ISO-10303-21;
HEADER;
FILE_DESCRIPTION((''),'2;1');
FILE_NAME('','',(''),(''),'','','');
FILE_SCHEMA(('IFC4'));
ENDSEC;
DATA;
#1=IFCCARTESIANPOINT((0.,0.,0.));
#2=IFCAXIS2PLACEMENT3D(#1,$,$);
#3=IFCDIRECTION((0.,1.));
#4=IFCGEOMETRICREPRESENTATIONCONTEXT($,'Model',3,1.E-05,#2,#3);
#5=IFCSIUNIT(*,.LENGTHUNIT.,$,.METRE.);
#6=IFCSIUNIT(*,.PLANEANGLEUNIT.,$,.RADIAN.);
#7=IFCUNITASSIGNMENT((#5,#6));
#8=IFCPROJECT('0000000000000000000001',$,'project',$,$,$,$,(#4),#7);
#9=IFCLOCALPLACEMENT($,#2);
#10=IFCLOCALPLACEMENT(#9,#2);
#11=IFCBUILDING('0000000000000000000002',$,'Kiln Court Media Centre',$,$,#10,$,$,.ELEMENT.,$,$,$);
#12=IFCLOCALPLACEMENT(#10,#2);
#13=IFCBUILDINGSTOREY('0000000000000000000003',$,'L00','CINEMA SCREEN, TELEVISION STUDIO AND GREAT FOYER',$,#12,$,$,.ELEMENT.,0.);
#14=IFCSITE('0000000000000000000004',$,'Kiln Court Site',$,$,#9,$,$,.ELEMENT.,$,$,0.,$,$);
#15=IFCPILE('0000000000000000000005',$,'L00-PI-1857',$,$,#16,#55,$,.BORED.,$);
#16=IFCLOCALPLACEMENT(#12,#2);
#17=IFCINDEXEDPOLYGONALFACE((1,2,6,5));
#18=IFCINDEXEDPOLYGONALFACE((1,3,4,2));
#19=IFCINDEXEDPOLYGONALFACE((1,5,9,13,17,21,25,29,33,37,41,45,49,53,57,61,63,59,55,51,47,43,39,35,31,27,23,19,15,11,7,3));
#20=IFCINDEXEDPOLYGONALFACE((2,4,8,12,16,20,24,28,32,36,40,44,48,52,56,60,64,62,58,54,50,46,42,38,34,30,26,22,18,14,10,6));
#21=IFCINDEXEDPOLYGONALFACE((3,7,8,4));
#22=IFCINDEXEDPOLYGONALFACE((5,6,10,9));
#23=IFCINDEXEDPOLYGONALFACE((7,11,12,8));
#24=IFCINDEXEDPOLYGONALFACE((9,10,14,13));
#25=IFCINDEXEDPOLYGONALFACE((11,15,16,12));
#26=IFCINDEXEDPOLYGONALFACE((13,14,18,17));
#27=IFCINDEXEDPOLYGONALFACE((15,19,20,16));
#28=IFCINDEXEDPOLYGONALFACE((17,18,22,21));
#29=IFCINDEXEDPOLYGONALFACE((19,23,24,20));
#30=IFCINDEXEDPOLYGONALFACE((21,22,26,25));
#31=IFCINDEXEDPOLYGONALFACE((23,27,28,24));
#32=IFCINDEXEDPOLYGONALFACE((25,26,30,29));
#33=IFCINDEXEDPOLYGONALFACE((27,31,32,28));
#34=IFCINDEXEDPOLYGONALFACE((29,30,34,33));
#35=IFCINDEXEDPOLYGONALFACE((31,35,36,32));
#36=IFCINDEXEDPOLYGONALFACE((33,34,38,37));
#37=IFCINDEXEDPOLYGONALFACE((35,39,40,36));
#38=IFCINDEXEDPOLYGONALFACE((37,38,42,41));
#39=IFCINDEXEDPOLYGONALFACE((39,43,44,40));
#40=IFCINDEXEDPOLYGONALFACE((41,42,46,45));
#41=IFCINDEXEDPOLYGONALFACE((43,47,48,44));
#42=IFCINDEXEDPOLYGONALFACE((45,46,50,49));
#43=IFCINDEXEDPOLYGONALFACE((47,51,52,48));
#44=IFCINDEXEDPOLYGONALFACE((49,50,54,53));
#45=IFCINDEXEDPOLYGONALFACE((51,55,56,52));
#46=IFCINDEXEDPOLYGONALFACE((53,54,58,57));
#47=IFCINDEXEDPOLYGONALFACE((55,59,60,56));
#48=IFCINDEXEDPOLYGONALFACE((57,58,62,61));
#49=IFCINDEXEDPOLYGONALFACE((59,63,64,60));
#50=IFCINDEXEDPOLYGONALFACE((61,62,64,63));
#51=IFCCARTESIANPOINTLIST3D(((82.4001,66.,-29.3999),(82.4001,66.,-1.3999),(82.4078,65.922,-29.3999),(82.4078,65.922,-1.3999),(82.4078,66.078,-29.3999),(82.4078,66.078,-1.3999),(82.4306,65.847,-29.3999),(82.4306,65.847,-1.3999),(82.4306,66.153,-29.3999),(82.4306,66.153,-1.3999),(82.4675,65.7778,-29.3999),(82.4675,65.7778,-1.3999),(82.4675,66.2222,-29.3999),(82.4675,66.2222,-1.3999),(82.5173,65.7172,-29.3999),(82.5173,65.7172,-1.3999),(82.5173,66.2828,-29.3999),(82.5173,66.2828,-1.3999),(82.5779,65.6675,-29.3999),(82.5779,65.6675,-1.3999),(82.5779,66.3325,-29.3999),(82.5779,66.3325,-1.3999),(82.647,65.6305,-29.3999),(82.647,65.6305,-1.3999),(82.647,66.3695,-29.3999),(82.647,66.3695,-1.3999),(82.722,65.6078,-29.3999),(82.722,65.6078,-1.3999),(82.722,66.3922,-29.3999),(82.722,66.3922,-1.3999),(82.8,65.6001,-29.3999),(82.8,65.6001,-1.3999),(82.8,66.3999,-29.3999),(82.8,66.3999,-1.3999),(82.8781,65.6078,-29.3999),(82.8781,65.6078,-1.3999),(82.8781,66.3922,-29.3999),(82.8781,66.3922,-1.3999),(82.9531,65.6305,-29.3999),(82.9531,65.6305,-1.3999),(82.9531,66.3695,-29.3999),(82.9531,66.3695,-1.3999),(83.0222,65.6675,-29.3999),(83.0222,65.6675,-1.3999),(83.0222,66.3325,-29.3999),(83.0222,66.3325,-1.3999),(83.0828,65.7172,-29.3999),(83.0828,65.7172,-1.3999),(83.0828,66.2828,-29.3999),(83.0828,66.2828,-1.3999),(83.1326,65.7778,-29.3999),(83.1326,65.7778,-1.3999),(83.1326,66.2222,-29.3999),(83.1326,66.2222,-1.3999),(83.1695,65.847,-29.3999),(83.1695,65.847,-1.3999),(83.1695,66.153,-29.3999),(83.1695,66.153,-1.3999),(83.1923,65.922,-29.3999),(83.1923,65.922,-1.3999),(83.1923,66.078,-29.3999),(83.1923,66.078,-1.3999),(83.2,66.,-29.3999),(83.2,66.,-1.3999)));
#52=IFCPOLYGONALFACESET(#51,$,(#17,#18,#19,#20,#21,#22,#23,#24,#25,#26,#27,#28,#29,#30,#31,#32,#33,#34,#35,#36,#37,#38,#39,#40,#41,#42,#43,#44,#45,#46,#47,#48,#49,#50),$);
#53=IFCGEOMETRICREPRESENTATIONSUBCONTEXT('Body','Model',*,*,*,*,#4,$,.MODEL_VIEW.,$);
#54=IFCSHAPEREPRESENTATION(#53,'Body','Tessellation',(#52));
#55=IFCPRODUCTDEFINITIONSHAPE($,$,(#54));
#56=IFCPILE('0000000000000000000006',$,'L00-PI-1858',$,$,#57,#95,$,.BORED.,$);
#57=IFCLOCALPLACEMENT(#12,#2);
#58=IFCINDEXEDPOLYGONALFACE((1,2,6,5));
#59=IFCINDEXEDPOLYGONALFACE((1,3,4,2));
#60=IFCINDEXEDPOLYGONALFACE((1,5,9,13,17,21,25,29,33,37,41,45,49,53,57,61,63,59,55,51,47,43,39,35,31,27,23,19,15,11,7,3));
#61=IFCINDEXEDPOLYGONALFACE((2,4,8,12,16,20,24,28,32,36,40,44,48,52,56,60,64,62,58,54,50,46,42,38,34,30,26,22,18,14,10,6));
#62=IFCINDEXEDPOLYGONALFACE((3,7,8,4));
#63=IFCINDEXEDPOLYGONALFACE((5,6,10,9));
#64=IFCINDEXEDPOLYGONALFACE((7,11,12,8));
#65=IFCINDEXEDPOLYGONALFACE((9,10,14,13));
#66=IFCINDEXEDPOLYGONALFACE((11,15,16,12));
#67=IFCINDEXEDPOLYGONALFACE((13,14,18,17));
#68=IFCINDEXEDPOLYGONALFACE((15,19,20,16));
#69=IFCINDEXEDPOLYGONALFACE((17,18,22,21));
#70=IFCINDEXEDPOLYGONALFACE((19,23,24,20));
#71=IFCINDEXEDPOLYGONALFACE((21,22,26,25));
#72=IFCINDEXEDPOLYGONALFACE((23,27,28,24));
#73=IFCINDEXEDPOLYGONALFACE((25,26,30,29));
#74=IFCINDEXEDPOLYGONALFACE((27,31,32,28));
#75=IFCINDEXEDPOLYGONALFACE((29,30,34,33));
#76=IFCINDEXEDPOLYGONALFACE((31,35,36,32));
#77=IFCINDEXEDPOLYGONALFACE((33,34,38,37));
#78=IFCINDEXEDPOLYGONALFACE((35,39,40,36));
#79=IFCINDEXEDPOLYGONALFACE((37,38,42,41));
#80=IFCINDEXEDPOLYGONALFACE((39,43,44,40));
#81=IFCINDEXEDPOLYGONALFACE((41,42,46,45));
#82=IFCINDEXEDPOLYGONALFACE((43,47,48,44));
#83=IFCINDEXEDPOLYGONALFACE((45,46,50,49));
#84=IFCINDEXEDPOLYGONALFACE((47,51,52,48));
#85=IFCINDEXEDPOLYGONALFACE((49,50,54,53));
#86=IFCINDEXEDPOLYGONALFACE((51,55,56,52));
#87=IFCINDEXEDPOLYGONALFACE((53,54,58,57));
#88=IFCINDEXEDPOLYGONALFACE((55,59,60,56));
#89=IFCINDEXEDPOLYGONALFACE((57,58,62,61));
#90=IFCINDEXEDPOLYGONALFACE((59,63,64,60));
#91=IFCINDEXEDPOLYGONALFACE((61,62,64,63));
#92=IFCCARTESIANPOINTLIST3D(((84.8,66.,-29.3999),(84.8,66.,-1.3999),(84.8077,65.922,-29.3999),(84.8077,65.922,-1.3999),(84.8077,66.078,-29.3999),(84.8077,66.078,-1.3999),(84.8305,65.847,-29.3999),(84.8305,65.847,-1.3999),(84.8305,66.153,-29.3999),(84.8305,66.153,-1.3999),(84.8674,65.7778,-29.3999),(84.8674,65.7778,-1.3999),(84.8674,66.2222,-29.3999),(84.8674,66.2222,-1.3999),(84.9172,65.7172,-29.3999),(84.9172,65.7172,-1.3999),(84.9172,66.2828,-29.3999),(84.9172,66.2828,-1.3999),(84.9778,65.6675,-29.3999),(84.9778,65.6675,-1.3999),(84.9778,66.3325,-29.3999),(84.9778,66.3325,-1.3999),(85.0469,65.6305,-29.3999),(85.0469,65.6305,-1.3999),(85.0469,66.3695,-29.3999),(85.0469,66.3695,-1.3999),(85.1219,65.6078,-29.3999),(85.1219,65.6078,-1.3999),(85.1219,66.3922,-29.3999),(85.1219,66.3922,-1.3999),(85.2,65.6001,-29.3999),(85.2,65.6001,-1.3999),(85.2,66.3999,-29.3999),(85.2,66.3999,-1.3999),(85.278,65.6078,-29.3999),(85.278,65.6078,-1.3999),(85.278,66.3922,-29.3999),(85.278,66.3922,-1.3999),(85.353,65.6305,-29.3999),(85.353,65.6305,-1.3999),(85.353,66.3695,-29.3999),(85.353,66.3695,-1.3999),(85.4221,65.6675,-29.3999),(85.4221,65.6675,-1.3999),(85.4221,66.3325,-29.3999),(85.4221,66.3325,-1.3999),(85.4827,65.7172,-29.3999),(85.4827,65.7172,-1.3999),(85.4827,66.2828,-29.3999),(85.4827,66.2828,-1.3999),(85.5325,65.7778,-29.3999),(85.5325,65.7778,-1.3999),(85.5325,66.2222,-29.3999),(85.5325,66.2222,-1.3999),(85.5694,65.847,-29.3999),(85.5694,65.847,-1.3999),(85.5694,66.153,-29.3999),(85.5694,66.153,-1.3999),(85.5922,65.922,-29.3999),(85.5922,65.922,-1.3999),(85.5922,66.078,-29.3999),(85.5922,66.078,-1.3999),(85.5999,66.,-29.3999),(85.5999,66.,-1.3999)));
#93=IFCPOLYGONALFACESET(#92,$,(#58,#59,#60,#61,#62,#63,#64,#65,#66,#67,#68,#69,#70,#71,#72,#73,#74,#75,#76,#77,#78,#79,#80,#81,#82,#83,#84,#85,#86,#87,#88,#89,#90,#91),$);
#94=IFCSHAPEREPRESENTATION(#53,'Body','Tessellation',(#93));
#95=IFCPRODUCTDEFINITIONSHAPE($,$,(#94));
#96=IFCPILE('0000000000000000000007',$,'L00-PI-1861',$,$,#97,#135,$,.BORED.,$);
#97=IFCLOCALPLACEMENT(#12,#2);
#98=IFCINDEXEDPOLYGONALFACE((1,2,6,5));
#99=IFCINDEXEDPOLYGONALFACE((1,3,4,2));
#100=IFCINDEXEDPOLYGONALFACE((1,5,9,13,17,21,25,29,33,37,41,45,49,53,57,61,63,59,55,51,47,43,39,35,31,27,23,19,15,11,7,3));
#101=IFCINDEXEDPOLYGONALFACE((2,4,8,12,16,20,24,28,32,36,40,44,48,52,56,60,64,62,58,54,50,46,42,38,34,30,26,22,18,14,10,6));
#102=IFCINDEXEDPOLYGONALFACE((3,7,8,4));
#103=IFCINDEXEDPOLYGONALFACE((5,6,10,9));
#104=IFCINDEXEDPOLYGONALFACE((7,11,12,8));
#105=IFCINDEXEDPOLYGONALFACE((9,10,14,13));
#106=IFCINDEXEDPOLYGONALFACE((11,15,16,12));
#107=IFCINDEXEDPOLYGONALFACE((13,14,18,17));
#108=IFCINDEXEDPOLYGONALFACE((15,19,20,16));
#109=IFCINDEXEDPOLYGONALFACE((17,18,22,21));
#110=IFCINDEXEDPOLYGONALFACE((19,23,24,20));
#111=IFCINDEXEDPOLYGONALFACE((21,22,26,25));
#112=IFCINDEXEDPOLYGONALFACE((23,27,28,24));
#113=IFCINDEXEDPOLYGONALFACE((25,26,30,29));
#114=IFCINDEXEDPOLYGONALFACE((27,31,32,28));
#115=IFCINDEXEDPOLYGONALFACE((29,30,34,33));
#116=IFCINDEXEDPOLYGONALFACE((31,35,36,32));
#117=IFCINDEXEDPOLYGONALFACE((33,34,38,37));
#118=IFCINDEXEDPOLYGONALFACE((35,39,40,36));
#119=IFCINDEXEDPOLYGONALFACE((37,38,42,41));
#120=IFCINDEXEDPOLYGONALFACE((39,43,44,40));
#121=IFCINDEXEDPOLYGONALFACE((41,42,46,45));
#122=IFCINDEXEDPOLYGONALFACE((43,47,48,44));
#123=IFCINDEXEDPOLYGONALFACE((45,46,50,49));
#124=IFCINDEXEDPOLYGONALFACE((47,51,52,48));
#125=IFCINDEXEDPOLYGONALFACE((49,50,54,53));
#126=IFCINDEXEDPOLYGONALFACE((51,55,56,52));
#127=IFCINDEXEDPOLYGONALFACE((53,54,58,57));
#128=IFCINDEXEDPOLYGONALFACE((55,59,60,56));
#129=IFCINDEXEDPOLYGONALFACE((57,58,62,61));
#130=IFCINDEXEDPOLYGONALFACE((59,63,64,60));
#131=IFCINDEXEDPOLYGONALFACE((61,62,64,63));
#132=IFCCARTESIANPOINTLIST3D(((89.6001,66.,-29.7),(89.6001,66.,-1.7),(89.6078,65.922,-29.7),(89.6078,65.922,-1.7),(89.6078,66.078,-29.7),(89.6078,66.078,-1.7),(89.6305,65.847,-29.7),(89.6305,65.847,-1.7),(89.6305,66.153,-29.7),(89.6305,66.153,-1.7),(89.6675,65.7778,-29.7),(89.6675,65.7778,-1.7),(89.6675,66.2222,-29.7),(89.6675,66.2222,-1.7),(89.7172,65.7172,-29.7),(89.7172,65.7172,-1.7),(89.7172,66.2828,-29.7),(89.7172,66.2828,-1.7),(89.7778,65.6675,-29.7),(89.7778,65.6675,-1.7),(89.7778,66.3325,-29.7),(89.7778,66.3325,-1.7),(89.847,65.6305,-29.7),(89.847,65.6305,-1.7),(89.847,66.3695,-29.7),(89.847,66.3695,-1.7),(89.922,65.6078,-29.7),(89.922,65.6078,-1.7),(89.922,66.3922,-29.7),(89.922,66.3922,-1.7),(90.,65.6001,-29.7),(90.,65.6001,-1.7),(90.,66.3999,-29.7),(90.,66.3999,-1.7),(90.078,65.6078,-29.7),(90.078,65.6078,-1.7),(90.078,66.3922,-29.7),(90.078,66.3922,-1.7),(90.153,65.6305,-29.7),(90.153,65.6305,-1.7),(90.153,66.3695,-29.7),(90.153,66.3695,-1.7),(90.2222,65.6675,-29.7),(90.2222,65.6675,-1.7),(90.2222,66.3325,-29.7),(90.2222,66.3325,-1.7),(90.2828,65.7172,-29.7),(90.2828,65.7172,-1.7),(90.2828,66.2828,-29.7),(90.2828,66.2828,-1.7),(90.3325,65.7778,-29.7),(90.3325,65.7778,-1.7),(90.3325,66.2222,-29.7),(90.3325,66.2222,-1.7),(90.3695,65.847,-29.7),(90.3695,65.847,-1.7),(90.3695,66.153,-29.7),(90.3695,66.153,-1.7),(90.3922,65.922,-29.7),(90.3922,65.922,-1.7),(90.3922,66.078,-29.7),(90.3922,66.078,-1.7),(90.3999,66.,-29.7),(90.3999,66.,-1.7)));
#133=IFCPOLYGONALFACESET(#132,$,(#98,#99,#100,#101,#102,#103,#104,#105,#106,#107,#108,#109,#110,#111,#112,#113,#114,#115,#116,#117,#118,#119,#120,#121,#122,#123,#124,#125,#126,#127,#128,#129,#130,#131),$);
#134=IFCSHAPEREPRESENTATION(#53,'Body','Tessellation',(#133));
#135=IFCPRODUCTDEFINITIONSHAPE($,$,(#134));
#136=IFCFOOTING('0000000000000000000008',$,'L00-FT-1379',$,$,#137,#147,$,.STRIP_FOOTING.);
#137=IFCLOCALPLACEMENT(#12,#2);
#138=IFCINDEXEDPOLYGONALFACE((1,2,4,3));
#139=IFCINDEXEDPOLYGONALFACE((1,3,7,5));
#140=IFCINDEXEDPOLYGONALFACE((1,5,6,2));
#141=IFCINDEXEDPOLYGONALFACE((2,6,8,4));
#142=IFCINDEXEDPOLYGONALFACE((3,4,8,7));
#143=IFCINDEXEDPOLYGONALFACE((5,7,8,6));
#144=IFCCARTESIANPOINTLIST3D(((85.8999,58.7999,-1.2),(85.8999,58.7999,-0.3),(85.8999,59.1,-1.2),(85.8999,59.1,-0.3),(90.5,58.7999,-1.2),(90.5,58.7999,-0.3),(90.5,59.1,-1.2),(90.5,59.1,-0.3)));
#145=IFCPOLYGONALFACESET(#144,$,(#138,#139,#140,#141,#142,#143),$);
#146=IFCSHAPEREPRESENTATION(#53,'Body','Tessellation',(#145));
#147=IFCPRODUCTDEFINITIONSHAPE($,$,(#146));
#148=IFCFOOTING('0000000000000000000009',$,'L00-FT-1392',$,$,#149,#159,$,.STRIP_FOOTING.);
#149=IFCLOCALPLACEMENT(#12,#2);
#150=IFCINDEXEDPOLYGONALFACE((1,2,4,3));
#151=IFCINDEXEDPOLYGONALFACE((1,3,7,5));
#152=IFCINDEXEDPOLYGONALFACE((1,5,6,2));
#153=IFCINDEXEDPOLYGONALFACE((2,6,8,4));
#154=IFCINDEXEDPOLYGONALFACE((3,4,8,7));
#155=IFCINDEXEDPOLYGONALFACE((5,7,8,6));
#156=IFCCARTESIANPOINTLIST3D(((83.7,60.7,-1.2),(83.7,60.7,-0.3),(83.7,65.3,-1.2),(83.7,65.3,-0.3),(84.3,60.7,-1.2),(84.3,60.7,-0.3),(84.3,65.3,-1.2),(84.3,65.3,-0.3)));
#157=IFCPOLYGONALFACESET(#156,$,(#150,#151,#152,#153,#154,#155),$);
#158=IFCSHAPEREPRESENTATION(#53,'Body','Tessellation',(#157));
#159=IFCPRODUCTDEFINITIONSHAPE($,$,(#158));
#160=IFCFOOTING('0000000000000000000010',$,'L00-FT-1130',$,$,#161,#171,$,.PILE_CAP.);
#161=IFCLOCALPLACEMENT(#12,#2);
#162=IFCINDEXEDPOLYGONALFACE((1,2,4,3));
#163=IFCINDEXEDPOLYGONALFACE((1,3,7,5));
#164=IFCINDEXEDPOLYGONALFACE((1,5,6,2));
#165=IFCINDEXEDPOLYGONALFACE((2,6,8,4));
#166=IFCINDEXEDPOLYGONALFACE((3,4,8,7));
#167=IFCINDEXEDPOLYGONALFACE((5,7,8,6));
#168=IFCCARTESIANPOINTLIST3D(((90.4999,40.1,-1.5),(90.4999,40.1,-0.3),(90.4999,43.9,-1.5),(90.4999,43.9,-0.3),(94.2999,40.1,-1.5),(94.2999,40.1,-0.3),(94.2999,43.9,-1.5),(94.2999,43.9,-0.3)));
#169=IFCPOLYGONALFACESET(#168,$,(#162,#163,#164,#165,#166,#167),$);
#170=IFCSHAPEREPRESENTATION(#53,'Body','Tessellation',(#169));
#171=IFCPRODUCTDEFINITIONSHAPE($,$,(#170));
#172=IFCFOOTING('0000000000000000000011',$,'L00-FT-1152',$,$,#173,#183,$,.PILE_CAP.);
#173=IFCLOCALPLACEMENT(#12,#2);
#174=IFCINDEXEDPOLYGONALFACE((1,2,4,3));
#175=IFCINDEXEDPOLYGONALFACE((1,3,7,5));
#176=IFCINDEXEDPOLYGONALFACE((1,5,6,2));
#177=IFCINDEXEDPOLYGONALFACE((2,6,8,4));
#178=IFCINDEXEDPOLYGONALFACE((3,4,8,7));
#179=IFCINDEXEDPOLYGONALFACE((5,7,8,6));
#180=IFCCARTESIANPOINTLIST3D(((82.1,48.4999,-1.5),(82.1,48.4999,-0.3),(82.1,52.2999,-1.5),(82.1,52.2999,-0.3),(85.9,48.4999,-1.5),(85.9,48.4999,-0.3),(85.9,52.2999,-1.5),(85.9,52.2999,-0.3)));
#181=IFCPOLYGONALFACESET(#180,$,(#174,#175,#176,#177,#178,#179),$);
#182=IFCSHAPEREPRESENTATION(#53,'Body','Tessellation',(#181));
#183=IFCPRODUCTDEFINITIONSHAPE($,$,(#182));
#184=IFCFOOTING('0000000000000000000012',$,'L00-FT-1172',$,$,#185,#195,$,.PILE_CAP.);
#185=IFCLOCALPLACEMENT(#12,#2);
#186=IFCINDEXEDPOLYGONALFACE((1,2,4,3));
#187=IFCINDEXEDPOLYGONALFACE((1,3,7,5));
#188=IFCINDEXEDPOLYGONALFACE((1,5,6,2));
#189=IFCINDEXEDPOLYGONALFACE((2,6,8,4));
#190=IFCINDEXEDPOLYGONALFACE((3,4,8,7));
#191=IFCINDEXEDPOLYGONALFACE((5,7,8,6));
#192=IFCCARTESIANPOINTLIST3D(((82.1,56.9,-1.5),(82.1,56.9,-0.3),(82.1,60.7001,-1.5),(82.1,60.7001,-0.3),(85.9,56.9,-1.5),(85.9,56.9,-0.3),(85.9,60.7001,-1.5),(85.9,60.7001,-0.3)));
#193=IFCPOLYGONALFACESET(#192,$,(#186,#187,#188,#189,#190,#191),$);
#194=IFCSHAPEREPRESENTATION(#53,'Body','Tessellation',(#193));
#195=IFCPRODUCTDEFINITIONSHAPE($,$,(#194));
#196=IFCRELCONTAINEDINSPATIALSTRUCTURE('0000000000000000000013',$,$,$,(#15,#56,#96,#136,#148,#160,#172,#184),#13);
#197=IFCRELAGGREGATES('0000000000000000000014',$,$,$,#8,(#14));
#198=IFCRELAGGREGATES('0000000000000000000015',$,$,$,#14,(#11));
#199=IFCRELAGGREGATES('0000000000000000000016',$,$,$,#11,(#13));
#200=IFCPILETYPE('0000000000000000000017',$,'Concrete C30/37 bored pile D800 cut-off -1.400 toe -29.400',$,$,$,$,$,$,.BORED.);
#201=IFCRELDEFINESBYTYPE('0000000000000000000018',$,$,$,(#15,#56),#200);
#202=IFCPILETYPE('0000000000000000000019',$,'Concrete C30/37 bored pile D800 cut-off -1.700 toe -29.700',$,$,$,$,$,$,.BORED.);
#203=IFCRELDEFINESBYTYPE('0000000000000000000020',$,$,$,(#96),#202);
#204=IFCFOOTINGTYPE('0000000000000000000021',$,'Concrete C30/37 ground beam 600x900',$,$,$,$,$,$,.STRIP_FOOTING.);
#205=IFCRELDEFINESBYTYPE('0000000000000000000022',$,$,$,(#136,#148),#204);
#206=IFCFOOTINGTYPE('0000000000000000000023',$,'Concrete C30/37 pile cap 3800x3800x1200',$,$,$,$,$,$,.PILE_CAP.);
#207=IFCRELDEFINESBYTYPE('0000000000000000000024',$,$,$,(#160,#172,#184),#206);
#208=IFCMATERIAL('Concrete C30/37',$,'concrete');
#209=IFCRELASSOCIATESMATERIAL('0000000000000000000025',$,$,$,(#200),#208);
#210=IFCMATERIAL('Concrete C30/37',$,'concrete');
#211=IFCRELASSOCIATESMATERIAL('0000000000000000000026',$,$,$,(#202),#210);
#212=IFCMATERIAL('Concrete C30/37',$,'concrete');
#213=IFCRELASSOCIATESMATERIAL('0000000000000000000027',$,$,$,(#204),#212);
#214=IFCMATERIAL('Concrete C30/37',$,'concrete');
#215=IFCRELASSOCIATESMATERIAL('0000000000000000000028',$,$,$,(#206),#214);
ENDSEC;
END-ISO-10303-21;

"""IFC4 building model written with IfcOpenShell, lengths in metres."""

from ifc_helpers import new_model, si_unit, direction, frame, origin, origin_2d, place, context, subcontext, project, spatial, rectangle, circle, extrude, material, material_profile, profile_set, type_object, element, save


model = new_model("IFC4")

# Units and contexts
model_context = context("Model", 3, precision=1e-05, world=origin(), true_north=direction((0.0, 1.0)))
body_context = subcontext(model_context, "Body", "Model", "MODEL_VIEW")
ifc_project = project(units=[si_unit("LENGTHUNIT", "METRE"), si_unit("PLANEANGLEUNIT", "RADIAN")], contexts=[model_context])

# Site, building, storey
site_placement = place(None, origin())
site = spatial("IfcSite", under=ifc_project, at=site_placement, Name="Kiln Court Site", CompositionType="ELEMENT", RefElevation=0.0)
building_placement = place(site_placement, origin())
building = spatial("IfcBuilding", under=site, at=building_placement, Name="Kiln Court Media Centre", CompositionType="ELEMENT")
storey_placement = place(building_placement, origin())
storey = spatial("IfcBuildingStorey", under=building, at=storey_placement, Name="L00", Description="CINEMA SCREEN, TELEVISION STUDIO AND GREAT FOYER", CompositionType="ELEMENT", Elevation=0.0)

# Piles
ifc_material_1 = material(Name="Concrete C30/37", Category="concrete")
ifc_material_profile_1 = material_profile(ifc_material_1, circle(Radius=0.3999, at=origin_2d()), Name="PILE D800")
ifc_profile_set_1 = profile_set([ifc_material_profile_1], Name="Concrete C30/37")
pile_type_1 = type_object("IfcPileType", Name="Concrete C30/37 bored pile D800 cut-off -1.400 toe -29.400", PredefinedType="BORED", material=ifc_profile_set_1)
for number, where, z_axis, x_axis, name in (
    (1, (82.8, 66.0, -1.3999), (0.0, 0.0, -1.0), (1.0, 0.0, 0.0), "L00-PI-1857"),
    (2, (85.2, 66.0, -1.3999), (0.0, 0.0, -1.0), (1.0, 0.0, 0.0), "L00-PI-1858"),
):
    element("IfcPile", number, at=place(storey_placement, frame(where, z_axis=z_axis, x_axis=x_axis)), inside=storey, type_object=pile_type_1, Name=name, PredefinedType="BORED", context=body_context, shape_type="SweptSolid", body=[
        extrude(circle(Radius=0.3999, at=origin_2d()), origin(), (0.0, 0.0, 1.0), 28.0),
    ])
ifc_material_2 = material(Name="Concrete C30/37", Category="concrete")
ifc_material_profile_2 = material_profile(ifc_material_2, circle(Radius=0.3999, at=origin_2d()), Name="PILE D800")
ifc_profile_set_2 = profile_set([ifc_material_profile_2], Name="Concrete C30/37")
pile_type_2 = type_object("IfcPileType", Name="Concrete C30/37 bored pile D800 cut-off -1.700 toe -29.700", PredefinedType="BORED", material=ifc_profile_set_2)
pile_placement = place(storey_placement, frame((90.0, 66.0, -1.7), z_axis=(0.0, 0.0, -1.0), x_axis=(1.0, 0.0, 0.0)))
element("IfcPile", 3, at=pile_placement, inside=storey, type_object=pile_type_2, Name="L00-PI-1861", PredefinedType="BORED", context=body_context, shape_type="SweptSolid", body=[
    extrude(circle(Radius=0.3999, at=origin_2d()), origin(), (0.0, 0.0, 1.0), 28.0),
])

# Footings
ifc_material_3 = material(Name="Concrete C30/37", Category="concrete")
footing_type_1 = type_object("IfcFootingType", Name="Concrete C30/37 ground beam 600x900", PredefinedType="STRIP_FOOTING", material=ifc_material_3)
footing_1_placement = place(storey_placement, frame((88.2, 58.95, -1.2), z_axis=(0.0, 0.0, 1.0), x_axis=(1.0, 0.0, 0.0)))
element("IfcFooting", 4, at=footing_1_placement, inside=storey, type_object=footing_type_1, Name="L00-FT-1379", PredefinedType="STRIP_FOOTING", context=body_context, shape_type="SweptSolid", body=[
    extrude(rectangle(XDim=4.6001, YDim=0.3, at=origin_2d()), origin(), (0.0, 0.0, 1.0), 0.8999),
])
footing_2_placement = place(storey_placement, frame((84.0, 63.0, -1.2), z_axis=(0.0, 0.0, 1.0), x_axis=(1.0, 0.0, 0.0)))
element("IfcFooting", 5, at=footing_2_placement, inside=storey, type_object=footing_type_1, Name="L00-FT-1392", PredefinedType="STRIP_FOOTING", context=body_context, shape_type="SweptSolid", body=[
    extrude(rectangle(XDim=0.6001, YDim=4.6001, at=origin_2d()), origin(), (0.0, 0.0, 1.0), 0.8999),
])
ifc_material_4 = material(Name="Concrete C30/37", Category="concrete")
footing_type_2 = type_object("IfcFootingType", Name="Concrete C30/37 pile cap 3800x3800x1200", PredefinedType="PILE_CAP", material=ifc_material_4)
for number, where, z_axis, x_axis, name in (
    (6, (92.3999, 42.0, -1.5), (0.0, 0.0, 1.0), (1.0, 0.0, 0.0), "L00-FT-1130"),
    (7, (84.0, 50.3999, -1.5), (0.0, 0.0, 1.0), (1.0, 0.0, 0.0), "L00-FT-1152"),
    (8, (84.0, 58.8, -1.5), (0.0, 0.0, 1.0), (1.0, 0.0, 0.0), "L00-FT-1172"),
):
    element("IfcFooting", number, at=place(storey_placement, frame(where, z_axis=z_axis, x_axis=x_axis)), inside=storey, type_object=footing_type_2, Name=name, PredefinedType="PILE_CAP", context=body_context, shape_type="SweptSolid", body=[
        extrude(rectangle(XDim=3.8, YDim=3.8, at=origin_2d()), origin(), (0.0, 0.0, 1.0), 1.2),
    ])

save(model, "model.ifc")
